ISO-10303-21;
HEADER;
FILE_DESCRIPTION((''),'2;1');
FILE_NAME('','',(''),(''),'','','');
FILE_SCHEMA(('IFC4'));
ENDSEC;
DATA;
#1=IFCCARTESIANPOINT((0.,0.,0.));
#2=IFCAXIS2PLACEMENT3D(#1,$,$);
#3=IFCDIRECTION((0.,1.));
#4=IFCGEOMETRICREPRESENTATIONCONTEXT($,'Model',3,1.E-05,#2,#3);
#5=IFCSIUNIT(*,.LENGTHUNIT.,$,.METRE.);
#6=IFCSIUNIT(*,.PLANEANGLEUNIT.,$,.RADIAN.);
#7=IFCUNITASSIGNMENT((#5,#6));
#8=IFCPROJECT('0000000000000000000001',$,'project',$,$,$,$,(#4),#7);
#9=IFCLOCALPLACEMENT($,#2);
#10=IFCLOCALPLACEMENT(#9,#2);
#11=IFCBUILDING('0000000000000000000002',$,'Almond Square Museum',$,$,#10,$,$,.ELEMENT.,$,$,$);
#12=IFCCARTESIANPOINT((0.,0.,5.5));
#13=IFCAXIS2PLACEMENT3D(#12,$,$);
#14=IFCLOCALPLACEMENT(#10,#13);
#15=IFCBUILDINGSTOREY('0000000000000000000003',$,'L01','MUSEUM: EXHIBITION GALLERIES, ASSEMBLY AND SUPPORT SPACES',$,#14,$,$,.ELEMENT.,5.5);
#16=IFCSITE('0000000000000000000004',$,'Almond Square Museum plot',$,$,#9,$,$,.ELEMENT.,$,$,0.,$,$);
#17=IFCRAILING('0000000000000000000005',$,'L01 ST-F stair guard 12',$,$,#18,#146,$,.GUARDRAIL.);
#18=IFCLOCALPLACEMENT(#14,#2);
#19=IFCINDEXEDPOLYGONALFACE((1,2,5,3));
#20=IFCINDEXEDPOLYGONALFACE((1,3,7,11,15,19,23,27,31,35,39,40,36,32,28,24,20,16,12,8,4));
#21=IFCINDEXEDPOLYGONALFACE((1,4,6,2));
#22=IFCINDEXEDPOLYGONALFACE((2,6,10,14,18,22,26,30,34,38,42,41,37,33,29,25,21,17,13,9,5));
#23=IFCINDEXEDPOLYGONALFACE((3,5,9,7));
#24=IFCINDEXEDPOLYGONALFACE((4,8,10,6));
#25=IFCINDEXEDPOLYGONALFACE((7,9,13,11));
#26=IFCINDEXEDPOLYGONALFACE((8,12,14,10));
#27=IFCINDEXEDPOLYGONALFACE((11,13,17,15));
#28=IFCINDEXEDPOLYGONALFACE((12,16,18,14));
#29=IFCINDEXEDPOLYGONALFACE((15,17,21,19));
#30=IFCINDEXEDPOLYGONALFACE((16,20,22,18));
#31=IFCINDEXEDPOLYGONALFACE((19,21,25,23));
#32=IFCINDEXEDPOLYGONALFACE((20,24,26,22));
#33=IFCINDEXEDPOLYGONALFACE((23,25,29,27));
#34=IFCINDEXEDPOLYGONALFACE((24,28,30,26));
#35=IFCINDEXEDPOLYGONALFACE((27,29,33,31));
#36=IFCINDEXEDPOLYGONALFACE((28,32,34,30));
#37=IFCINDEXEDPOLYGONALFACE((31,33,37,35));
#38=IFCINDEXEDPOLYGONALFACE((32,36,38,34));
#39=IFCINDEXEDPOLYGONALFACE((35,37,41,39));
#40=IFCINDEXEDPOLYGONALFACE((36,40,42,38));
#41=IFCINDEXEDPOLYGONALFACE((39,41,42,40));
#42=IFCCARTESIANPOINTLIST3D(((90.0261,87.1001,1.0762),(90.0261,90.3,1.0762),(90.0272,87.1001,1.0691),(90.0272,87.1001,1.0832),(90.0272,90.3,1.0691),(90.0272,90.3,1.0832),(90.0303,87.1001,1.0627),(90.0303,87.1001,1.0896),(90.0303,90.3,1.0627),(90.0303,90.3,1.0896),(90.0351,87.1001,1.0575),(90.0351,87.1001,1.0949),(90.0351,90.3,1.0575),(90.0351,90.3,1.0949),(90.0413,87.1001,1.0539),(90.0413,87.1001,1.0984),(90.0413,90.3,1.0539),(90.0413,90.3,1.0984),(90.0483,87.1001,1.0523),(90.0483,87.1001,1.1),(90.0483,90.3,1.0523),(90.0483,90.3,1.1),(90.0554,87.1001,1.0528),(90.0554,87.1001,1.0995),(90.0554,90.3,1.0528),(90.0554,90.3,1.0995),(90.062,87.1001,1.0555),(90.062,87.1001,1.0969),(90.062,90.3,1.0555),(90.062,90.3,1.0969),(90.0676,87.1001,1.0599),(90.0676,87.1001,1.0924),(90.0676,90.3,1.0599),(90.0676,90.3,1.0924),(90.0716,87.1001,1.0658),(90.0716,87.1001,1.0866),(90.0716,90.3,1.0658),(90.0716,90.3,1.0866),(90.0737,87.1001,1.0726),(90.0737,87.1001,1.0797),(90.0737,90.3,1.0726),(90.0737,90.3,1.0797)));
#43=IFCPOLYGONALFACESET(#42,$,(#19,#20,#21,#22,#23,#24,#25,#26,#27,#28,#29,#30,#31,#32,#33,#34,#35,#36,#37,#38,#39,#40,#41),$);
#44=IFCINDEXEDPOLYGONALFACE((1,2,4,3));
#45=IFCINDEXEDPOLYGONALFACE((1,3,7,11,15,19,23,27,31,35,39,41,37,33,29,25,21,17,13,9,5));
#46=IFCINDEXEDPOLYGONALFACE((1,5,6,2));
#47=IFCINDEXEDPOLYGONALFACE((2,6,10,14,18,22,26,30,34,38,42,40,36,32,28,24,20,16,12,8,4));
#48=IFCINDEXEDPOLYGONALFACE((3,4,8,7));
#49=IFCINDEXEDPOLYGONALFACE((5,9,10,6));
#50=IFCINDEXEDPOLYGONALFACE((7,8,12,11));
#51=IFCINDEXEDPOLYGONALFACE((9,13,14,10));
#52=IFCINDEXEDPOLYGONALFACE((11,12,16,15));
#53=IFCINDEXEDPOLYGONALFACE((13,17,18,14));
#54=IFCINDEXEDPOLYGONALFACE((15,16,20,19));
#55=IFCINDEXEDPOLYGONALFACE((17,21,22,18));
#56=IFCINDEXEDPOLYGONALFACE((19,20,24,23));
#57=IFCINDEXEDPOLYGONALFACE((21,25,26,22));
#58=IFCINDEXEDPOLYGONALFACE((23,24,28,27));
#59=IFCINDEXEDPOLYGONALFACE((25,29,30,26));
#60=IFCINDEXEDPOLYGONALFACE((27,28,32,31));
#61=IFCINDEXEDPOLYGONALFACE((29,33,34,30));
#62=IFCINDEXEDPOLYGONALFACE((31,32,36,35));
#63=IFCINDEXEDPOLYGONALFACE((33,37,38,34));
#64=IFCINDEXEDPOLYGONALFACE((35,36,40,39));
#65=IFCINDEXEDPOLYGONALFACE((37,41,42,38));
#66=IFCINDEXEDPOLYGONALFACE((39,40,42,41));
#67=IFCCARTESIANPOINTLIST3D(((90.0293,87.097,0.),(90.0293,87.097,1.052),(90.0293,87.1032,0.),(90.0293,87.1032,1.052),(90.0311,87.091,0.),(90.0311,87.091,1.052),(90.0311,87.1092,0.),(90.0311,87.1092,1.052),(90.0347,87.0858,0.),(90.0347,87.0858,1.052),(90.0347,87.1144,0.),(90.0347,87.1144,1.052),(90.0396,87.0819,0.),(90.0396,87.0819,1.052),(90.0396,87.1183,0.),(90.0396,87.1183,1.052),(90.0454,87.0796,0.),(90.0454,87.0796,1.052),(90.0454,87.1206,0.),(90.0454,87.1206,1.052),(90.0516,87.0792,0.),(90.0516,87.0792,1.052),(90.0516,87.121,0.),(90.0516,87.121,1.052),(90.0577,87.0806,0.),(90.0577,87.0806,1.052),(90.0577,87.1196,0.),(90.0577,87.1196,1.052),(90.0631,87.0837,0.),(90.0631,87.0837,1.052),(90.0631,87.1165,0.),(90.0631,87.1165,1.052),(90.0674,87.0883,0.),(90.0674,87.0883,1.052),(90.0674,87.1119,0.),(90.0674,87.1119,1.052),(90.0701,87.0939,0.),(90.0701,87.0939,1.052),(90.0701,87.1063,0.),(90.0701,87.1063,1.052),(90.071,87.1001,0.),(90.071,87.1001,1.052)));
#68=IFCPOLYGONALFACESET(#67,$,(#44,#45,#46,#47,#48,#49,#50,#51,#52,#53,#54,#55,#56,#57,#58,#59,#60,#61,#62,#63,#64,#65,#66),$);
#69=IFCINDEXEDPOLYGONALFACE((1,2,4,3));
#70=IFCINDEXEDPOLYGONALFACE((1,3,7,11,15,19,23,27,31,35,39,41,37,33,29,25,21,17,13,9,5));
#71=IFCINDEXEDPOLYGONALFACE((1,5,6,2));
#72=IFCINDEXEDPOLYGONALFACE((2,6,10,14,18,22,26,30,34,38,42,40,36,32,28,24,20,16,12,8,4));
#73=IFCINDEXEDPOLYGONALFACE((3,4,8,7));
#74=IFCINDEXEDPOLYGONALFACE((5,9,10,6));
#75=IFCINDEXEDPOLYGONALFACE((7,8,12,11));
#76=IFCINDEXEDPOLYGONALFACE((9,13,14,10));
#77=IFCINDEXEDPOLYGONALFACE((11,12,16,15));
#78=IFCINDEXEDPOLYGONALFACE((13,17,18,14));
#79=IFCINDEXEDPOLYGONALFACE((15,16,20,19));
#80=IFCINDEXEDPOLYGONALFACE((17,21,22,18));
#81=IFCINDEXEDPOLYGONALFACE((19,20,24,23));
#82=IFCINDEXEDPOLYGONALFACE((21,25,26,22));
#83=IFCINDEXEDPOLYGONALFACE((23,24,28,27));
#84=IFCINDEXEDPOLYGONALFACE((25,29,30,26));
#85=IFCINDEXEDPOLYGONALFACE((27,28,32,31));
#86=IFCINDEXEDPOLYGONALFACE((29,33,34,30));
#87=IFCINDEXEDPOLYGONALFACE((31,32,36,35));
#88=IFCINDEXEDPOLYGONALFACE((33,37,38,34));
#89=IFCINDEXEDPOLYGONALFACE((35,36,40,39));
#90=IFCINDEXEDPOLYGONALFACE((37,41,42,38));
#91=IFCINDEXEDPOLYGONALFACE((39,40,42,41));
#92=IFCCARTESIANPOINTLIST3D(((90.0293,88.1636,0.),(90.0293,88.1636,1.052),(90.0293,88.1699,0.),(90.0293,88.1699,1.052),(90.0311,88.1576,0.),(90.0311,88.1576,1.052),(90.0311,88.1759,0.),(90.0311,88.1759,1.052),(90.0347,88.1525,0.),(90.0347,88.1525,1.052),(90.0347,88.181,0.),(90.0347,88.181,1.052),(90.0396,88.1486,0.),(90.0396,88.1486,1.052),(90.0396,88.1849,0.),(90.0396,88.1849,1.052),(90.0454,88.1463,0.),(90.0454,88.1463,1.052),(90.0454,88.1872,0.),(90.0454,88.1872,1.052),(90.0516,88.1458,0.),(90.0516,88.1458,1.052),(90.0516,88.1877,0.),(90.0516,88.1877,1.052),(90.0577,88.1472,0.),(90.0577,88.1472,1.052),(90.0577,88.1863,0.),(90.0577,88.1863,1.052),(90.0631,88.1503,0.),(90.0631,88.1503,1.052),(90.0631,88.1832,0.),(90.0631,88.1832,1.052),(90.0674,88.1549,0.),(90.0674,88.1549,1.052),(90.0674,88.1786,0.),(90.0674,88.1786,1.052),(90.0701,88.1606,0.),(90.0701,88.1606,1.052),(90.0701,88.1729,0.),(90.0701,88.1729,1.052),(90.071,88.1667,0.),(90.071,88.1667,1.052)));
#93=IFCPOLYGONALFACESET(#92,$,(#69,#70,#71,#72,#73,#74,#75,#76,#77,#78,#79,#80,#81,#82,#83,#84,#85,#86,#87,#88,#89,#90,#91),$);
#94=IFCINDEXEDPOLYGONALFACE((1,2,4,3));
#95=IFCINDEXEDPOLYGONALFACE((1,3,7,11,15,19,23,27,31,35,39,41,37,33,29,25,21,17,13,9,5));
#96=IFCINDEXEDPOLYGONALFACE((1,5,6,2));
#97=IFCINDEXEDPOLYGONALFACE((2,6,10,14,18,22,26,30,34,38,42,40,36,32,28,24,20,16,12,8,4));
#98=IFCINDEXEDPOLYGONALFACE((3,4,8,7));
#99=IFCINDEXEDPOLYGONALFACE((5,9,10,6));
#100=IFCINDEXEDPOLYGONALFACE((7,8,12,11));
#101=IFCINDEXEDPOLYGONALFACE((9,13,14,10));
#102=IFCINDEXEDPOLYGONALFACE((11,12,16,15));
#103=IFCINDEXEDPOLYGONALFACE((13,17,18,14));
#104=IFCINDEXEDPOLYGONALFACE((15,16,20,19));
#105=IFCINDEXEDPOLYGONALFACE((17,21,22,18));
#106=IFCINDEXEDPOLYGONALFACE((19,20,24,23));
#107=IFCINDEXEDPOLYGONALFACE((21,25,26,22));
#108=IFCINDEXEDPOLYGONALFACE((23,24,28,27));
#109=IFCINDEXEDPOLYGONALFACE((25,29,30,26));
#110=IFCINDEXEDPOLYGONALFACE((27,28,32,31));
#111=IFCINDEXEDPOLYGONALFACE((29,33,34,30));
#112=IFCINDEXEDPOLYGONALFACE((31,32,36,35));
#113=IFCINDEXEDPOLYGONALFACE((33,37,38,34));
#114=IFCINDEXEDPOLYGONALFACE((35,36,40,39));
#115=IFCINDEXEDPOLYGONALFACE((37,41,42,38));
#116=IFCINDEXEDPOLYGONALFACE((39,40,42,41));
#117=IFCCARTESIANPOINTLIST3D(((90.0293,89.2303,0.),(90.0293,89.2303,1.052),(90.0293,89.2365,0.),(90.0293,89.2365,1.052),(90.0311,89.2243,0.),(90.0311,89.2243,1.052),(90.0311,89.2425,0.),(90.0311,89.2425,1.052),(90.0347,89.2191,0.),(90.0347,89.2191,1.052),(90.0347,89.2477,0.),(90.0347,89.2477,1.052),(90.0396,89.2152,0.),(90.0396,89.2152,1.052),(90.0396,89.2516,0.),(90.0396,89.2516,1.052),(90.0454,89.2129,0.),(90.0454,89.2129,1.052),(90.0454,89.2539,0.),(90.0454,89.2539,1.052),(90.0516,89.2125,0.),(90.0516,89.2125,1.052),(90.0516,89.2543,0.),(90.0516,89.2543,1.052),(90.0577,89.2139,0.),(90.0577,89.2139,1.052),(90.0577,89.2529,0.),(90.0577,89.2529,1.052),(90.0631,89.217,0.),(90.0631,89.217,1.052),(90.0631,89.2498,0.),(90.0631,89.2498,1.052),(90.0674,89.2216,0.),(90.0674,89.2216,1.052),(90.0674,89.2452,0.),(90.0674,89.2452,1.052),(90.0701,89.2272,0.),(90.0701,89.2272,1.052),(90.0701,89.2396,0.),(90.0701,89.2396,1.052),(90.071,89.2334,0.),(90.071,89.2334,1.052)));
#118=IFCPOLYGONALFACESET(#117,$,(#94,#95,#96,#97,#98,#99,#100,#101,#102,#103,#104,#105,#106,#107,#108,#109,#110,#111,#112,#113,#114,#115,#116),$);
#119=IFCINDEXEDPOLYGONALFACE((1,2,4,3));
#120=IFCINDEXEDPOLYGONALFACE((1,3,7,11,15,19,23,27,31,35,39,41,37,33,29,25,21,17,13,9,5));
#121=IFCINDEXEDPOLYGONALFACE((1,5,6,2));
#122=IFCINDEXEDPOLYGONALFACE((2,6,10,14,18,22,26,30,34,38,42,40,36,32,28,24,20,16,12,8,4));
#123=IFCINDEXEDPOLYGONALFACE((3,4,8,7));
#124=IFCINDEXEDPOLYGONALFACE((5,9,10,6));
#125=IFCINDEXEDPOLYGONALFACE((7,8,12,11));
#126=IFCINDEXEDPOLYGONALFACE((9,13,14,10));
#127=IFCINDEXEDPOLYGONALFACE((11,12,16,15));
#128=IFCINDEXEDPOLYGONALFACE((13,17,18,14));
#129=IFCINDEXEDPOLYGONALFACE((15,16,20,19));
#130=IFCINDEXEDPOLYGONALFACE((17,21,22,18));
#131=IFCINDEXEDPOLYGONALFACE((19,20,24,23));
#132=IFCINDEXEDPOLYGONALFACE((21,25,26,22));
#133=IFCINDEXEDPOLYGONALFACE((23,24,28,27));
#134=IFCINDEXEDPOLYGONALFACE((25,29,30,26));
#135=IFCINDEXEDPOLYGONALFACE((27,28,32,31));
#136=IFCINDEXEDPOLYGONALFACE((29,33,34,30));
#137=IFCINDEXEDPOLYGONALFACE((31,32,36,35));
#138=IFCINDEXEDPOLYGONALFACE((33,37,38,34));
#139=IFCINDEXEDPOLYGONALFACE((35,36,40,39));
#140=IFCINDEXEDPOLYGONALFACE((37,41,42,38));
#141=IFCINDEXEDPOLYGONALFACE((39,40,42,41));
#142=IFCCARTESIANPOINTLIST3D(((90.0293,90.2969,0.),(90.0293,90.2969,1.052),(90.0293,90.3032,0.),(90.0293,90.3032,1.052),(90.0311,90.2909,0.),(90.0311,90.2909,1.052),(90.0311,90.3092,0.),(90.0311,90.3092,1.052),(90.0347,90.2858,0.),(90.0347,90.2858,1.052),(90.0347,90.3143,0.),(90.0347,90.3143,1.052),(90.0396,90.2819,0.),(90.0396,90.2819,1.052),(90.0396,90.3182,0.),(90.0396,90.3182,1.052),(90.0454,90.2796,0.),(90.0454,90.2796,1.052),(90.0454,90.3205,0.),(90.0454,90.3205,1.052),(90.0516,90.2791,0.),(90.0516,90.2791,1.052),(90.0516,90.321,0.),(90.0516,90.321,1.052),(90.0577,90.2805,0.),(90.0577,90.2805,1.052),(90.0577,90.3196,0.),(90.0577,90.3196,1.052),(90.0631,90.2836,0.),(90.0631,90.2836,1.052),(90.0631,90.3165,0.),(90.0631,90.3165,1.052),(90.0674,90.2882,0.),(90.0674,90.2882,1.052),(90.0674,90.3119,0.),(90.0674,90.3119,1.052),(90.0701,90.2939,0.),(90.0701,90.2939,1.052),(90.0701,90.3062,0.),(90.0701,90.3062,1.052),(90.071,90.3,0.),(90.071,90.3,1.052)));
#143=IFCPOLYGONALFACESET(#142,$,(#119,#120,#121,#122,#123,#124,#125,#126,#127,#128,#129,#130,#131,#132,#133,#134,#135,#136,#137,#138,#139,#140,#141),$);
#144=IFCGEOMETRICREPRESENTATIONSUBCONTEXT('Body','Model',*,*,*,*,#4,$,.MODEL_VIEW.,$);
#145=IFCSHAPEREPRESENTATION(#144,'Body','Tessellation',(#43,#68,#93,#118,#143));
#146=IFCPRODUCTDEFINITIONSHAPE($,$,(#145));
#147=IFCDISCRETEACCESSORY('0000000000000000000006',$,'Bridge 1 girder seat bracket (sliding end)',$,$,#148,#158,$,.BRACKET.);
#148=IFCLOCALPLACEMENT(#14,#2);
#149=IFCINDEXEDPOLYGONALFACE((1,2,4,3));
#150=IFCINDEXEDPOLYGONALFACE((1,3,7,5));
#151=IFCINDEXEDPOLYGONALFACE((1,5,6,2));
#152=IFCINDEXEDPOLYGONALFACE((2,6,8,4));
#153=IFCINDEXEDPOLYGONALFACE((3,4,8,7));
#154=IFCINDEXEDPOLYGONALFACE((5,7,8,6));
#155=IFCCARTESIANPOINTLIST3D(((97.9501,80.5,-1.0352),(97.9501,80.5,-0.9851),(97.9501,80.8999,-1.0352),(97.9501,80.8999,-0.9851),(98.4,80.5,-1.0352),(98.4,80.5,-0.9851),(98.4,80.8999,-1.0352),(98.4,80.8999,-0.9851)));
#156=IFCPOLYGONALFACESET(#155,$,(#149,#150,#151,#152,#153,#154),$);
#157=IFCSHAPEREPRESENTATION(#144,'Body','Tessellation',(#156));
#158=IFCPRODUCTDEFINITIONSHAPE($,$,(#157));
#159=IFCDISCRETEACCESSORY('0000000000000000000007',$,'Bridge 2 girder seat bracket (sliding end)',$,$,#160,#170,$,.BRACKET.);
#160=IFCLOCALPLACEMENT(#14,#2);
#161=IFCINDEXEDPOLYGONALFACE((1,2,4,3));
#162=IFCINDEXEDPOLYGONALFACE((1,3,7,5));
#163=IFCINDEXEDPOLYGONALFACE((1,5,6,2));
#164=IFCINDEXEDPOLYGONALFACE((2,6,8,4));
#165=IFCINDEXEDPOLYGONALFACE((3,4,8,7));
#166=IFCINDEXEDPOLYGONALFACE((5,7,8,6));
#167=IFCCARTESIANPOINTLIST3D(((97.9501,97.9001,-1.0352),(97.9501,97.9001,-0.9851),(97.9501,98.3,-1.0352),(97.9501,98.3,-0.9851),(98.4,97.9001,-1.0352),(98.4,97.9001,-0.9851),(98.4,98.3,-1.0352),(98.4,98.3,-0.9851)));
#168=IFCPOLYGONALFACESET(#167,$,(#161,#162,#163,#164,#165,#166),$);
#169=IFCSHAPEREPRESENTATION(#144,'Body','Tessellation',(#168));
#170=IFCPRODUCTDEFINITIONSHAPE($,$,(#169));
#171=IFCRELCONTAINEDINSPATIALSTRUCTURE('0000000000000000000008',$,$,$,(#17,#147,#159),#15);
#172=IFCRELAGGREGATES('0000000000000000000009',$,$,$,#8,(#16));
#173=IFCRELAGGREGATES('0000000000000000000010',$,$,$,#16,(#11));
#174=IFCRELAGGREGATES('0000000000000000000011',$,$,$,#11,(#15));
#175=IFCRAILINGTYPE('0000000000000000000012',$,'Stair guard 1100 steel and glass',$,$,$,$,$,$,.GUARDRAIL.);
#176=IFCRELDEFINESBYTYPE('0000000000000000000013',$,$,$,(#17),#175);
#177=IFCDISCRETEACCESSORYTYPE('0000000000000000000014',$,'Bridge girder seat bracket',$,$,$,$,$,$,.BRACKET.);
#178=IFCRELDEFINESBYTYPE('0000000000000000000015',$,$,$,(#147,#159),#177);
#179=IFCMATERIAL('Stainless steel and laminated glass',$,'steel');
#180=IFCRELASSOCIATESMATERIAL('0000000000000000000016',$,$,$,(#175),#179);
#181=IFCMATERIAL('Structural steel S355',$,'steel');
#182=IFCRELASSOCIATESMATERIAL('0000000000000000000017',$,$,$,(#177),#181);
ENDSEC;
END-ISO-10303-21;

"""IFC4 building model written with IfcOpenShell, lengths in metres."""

from ifc_helpers import new_model, si_unit, direction, frame, origin, origin_2d, place, context, subcontext, project, spatial, rectangle, circle, extrude, material, type_object, element, save


model = new_model("IFC4")

# Units and contexts
model_context = context("Model", 3, precision=1e-05, world=origin(), true_north=direction((0.0, 1.0)))
body_context = subcontext(model_context, "Body", "Model", "MODEL_VIEW")
ifc_project = project(units=[si_unit("LENGTHUNIT", "METRE"), si_unit("PLANEANGLEUNIT", "RADIAN")], contexts=[model_context])

# Site, building, storey
site_placement = place(None, origin())
site = spatial("IfcSite", under=ifc_project, at=site_placement, Name="Almond Square Museum plot", CompositionType="ELEMENT", RefElevation=0.0)
building_placement = place(site_placement, origin())
building = spatial("IfcBuilding", under=site, at=building_placement, Name="Almond Square Museum", CompositionType="ELEMENT")
storey_placement = place(building_placement, frame((0.0, 0.0, 5.5)))
storey = spatial("IfcBuildingStorey", under=building, at=storey_placement, Name="L01", Description="MUSEUM: EXHIBITION GALLERIES, ASSEMBLY AND SUPPORT SPACES", CompositionType="ELEMENT", Elevation=5.5)

# Railing
ifc_material_1 = material(Name="Stainless steel and laminated glass", Category="steel")
railing_type_1 = type_object("IfcRailingType", Name="Stair guard 1100 steel and glass", PredefinedType="GUARDRAIL", material=ifc_material_1)
railing_1_placement = place(storey_placement, frame((90.05, 87.1001, 0.0)))
element("IfcRailing", 1, at=railing_1_placement, inside=storey, type_object=railing_type_1, Name="L01 ST-F stair guard 12", PredefinedType="GUARDRAIL", context=body_context, shape_type="SweptSolid", body=[
    extrude(circle(Radius=0.0239, at=origin_2d()), frame((0.0, 0.0, 1.0762), z_axis=(0.0, 1.0, 0.0), x_axis=(-1.0, 0.0, 0.0)), (0.0, 0.0, 1.0), 3.2),
    extrude(circle(Radius=0.021, at=origin_2d()), origin(), (0.0, 0.0, 1.0), 1.052),
    extrude(circle(Radius=0.021, at=origin_2d()), frame((0.0, 1.0667, 0.0)), (0.0, 0.0, 1.0), 1.052),
    extrude(circle(Radius=0.021, at=origin_2d()), frame((0.0, 2.1333, 0.0)), (0.0, 0.0, 1.0), 1.052),
    extrude(circle(Radius=0.021, at=origin_2d()), frame((0.0, 3.2, 0.0)), (0.0, 0.0, 1.0), 1.052),
])

# Discrete accessories
ifc_material_2 = material(Name="Structural steel S355", Category="steel")
discrete_accessory_type = type_object("IfcDiscreteAccessoryType", Name="Bridge girder seat bracket", PredefinedType="BRACKET", material=ifc_material_2)
for number, where, z_axis, x_axis, name in (
    (2, (98.175, 80.7, -1.0352), (0.0, 0.0, 1.0), (1.0, 0.0, 0.0), "Bridge 1 girder seat bracket (sliding end)"),
    (3, (98.175, 98.1001, -1.0352), (0.0, 0.0, 1.0), (1.0, 0.0, 0.0), "Bridge 2 girder seat bracket (sliding end)"),
):
    element("IfcDiscreteAccessory", number, at=place(storey_placement, frame(where, z_axis=z_axis, x_axis=x_axis)), inside=storey, type_object=discrete_accessory_type, Name=name, PredefinedType="BRACKET", context=body_context, shape_type="SweptSolid", body=[
        extrude(rectangle(XDim=0.45, YDim=0.3999, at=origin_2d()), origin(), (0.0, 0.0, 1.0), 0.05),
    ])

save(model, "model.ifc")
